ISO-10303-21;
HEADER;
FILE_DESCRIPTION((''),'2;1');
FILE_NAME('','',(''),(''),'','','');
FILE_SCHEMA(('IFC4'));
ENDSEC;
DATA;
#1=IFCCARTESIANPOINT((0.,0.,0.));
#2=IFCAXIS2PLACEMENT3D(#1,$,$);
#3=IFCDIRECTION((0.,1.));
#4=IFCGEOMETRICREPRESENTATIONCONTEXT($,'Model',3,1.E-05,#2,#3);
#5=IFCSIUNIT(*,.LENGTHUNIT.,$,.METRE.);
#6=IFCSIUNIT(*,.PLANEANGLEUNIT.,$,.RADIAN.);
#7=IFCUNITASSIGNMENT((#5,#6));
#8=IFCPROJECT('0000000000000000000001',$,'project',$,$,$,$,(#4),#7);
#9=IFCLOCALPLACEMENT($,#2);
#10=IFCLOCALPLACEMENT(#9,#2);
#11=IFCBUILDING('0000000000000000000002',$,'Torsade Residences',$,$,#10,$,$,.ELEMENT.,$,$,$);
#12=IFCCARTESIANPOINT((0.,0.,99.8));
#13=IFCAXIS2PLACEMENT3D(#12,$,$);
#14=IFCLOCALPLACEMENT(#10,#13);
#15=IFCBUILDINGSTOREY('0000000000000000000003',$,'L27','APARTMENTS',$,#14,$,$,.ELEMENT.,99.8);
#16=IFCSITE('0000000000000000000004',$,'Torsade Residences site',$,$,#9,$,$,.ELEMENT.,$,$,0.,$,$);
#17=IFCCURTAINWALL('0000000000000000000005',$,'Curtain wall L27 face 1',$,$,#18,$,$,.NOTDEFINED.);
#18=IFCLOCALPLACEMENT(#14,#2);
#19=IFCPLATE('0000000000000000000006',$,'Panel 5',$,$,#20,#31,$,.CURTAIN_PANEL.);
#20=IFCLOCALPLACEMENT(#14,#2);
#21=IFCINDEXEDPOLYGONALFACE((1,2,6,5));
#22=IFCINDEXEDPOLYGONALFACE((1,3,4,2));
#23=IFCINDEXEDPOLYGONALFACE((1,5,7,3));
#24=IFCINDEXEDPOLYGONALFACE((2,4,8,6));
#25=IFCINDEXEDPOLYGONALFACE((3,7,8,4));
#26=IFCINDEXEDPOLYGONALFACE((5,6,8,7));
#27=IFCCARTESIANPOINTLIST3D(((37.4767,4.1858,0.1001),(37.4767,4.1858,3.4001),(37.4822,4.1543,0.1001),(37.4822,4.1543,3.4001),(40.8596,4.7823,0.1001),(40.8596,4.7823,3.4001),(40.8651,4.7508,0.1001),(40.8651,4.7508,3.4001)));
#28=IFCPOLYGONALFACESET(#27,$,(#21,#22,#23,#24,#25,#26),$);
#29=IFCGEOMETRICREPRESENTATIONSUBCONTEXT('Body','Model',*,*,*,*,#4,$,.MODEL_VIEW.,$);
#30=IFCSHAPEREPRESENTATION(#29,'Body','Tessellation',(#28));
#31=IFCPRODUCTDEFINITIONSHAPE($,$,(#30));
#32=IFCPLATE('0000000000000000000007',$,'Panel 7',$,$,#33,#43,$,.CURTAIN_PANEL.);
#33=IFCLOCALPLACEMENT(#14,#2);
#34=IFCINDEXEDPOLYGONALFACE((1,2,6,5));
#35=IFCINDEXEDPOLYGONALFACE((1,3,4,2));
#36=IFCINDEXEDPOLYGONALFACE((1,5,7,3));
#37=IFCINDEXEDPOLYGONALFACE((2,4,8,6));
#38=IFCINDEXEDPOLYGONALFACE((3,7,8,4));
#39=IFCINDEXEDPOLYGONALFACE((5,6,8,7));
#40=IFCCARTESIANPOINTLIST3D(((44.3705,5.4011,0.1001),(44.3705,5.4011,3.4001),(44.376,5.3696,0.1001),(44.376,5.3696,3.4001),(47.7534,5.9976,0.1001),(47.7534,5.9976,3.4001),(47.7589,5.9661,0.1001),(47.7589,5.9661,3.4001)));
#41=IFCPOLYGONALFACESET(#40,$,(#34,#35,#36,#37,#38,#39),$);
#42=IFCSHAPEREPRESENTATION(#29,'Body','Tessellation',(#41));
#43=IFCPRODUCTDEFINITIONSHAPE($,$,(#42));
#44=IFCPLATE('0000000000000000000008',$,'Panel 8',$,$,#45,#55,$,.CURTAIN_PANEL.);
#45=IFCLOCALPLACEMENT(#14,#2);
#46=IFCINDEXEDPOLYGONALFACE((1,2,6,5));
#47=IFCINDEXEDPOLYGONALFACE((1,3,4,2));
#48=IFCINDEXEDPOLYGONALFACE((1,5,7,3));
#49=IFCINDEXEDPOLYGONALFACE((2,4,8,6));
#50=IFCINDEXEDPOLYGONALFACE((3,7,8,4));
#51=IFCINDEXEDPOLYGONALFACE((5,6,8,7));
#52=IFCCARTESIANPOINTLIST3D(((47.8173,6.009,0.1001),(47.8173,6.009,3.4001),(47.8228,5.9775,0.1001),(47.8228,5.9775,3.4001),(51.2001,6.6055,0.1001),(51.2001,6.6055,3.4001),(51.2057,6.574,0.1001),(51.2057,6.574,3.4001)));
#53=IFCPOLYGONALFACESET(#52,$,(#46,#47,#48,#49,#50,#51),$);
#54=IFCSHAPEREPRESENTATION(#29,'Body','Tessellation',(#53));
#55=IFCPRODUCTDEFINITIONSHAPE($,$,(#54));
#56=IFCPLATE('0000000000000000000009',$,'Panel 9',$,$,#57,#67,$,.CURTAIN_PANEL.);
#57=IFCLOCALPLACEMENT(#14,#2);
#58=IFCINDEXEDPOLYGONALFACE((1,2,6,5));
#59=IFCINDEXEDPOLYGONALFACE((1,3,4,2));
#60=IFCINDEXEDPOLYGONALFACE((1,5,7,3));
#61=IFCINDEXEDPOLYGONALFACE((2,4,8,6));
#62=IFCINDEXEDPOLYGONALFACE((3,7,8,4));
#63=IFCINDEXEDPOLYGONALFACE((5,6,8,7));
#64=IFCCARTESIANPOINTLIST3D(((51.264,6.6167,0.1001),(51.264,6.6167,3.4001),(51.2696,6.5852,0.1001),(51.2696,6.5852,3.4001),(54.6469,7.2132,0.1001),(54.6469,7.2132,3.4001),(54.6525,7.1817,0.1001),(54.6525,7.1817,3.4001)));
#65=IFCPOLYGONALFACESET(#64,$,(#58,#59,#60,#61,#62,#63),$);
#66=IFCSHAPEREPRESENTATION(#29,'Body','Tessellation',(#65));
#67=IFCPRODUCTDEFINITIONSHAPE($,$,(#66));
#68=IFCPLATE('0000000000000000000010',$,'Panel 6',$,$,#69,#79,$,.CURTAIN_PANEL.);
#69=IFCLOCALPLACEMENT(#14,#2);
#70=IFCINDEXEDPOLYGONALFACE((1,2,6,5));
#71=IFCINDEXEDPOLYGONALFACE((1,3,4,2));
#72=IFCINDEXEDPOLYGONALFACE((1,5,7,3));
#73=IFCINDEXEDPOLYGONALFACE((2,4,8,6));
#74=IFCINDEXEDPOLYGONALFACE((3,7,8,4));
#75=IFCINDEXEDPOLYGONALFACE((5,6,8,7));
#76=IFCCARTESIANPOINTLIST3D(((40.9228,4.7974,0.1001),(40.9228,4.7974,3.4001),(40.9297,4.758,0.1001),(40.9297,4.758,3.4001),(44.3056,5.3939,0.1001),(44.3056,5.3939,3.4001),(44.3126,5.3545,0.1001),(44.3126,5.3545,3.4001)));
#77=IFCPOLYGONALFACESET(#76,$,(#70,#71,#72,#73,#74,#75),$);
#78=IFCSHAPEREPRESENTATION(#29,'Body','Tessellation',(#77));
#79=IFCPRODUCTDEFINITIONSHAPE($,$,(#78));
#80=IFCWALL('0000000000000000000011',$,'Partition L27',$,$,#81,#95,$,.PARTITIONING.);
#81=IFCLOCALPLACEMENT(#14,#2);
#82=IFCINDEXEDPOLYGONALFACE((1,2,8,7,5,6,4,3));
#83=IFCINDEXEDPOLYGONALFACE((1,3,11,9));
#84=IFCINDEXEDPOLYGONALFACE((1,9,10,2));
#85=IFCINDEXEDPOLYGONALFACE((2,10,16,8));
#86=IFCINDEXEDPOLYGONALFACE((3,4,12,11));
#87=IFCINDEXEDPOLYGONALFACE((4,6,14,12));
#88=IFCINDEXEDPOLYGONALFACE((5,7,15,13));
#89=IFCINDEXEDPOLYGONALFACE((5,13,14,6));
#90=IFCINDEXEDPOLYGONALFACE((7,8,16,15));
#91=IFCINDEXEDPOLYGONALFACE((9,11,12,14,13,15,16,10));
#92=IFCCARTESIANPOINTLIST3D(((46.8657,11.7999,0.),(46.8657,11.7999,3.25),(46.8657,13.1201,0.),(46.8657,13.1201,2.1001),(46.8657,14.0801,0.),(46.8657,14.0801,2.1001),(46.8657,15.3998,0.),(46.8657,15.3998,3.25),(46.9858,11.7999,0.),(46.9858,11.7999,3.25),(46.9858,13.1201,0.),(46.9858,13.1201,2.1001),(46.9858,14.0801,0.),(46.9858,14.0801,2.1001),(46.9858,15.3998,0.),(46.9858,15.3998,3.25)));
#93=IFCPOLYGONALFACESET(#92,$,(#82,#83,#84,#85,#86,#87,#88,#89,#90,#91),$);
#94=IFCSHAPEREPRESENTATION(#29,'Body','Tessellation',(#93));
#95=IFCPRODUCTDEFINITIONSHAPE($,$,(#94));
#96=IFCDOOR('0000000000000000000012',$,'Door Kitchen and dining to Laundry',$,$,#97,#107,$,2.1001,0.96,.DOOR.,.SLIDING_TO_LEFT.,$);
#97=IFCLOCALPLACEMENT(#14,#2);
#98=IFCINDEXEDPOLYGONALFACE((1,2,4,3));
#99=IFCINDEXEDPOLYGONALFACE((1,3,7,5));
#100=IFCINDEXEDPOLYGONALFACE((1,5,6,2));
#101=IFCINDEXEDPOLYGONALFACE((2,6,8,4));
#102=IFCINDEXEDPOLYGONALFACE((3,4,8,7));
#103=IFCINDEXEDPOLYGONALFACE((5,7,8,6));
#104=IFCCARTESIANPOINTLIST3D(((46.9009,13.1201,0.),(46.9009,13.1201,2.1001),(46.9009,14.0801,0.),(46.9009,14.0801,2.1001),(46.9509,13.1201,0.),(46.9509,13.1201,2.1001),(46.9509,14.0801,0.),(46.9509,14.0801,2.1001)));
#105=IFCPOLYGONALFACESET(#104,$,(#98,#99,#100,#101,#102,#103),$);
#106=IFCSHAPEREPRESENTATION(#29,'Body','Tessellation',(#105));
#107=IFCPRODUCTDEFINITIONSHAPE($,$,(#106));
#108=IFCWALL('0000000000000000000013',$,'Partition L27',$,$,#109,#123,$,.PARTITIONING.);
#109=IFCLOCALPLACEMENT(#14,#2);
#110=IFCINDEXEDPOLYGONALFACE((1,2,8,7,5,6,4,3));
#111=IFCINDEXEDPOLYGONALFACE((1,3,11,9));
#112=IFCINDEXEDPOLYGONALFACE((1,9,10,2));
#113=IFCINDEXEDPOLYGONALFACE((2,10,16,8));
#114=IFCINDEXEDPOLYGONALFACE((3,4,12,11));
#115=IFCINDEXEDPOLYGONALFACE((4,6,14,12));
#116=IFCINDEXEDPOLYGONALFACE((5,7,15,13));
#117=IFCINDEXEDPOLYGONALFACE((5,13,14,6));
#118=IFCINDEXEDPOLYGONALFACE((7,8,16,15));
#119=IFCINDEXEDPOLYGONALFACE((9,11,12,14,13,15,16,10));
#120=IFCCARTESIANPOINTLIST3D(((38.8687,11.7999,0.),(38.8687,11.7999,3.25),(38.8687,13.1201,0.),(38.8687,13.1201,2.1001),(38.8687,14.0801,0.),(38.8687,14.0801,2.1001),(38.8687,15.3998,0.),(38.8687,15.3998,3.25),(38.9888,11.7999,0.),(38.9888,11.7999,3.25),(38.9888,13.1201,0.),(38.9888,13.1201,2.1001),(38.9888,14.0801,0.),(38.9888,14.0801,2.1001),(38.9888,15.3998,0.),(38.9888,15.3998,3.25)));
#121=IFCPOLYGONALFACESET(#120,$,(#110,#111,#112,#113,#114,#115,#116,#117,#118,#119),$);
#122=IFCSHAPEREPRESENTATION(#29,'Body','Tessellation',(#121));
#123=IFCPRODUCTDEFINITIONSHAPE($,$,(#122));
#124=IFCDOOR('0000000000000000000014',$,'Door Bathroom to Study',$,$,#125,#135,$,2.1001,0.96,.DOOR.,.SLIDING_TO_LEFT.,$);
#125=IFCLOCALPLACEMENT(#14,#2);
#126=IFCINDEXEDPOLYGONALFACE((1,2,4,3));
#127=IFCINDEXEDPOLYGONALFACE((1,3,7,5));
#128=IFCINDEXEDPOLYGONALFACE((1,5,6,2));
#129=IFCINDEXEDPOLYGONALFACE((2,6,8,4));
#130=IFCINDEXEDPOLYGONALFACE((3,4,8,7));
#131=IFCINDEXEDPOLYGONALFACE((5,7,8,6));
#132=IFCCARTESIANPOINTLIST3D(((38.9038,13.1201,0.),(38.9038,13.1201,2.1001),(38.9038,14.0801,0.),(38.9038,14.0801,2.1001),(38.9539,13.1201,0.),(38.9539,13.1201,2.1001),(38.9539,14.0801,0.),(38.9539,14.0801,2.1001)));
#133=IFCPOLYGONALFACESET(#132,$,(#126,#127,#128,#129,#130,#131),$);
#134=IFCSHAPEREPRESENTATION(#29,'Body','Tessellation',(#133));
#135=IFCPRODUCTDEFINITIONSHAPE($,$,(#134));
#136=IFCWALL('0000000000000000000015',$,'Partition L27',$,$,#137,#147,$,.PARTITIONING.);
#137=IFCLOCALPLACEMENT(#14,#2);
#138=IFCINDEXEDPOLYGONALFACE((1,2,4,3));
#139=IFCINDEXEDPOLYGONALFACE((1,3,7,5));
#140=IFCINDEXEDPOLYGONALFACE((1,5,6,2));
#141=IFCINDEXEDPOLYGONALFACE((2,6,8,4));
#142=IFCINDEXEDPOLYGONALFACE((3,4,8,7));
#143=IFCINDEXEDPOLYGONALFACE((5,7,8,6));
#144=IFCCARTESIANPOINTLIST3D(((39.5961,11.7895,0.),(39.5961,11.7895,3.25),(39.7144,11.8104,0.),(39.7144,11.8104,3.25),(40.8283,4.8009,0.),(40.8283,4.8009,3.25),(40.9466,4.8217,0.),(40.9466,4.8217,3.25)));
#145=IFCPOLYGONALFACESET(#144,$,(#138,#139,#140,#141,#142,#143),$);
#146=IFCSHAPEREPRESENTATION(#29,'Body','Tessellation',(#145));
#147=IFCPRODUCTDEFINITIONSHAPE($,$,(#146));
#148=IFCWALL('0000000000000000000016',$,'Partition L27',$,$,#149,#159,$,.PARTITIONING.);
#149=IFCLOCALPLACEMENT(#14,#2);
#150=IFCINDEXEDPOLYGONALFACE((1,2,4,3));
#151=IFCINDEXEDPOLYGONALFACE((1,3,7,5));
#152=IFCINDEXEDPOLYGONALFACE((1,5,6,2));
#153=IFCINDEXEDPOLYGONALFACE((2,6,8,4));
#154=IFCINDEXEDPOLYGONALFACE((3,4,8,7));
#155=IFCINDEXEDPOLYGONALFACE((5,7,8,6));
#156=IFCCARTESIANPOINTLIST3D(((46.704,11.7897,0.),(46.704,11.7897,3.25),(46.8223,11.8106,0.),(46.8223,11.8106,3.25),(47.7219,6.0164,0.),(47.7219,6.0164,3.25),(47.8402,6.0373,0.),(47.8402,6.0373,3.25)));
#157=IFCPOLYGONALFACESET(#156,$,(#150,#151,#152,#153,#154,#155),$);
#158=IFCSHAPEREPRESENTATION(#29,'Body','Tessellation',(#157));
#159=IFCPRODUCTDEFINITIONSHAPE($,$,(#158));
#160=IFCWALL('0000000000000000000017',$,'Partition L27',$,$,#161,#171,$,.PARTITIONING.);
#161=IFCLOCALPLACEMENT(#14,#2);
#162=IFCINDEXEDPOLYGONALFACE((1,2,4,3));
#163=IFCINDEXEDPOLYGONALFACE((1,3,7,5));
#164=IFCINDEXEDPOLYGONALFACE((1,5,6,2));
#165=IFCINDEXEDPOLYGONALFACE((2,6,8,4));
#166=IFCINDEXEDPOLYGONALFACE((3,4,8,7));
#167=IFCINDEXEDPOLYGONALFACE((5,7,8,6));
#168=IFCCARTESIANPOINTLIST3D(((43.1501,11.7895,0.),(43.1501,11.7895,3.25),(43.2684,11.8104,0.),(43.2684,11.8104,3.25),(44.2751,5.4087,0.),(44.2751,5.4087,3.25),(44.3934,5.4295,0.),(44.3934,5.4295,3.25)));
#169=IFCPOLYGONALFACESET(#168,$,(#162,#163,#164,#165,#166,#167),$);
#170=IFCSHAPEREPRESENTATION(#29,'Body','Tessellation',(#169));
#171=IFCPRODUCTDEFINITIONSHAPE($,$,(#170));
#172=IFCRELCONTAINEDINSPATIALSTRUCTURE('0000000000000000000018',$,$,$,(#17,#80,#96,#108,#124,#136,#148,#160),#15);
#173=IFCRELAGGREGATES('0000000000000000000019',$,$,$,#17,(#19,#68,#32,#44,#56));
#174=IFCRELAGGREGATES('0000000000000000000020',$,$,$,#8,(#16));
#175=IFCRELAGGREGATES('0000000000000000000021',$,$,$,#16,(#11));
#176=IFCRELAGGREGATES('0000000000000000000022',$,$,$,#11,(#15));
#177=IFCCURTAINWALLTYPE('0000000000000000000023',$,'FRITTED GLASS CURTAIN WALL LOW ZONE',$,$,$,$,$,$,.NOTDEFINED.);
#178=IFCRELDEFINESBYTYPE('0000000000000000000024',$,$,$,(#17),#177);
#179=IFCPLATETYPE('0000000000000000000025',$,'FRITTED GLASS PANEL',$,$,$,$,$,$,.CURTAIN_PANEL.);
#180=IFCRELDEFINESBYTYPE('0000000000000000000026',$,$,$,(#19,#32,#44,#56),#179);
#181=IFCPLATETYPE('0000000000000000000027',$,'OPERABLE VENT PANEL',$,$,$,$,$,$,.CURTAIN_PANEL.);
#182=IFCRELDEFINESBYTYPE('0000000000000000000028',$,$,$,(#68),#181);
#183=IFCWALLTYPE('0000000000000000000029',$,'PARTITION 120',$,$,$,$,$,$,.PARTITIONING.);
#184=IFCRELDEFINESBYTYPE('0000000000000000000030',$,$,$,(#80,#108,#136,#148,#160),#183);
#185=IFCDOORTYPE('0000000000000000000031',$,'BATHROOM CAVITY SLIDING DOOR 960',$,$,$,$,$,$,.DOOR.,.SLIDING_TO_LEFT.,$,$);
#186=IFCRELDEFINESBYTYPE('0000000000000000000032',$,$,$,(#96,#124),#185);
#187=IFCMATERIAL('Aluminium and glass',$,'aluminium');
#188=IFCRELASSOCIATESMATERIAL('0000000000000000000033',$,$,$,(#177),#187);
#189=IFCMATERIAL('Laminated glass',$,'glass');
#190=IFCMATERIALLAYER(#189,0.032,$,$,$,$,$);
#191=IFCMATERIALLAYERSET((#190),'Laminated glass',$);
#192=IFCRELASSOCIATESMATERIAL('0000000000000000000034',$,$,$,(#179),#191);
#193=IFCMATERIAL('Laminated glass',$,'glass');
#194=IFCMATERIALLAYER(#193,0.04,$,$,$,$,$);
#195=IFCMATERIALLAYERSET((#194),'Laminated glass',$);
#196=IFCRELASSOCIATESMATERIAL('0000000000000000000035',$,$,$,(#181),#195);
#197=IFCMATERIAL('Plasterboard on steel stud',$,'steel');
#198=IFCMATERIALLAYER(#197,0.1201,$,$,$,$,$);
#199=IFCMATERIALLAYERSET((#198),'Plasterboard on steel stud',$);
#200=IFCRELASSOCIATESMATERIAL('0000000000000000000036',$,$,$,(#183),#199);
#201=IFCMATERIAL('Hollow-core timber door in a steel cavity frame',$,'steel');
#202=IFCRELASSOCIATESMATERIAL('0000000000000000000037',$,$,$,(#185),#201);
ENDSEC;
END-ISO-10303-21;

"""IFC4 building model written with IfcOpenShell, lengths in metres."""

from ifc_helpers import new_model, si_unit, direction, frame, frame_2d, origin, origin_2d, place, context, subcontext, project, spatial, rectangle, extrude, material, layer, layer_set, type_object, element, fill, aggregate, save


model = new_model("IFC4")

# Units and contexts
model_context = context("Model", 3, precision=1e-05, world=origin(), true_north=direction((0.0, 1.0)))
body_context = subcontext(model_context, "Body", "Model", "MODEL_VIEW")
ifc_project = project(units=[si_unit("LENGTHUNIT", "METRE"), si_unit("PLANEANGLEUNIT", "RADIAN")], contexts=[model_context])

# Site, building, storey
site_placement = place(None, origin())
site = spatial("IfcSite", under=ifc_project, at=site_placement, Name="Torsade Residences site", CompositionType="ELEMENT", RefElevation=0.0)
building_placement = place(site_placement, origin())
building = spatial("IfcBuilding", under=site, at=building_placement, Name="Torsade Residences", CompositionType="ELEMENT")
storey_placement = place(building_placement, frame((0.0, 0.0, 99.8)))
storey = spatial("IfcBuildingStorey", under=building, at=storey_placement, Name="L27", Description="APARTMENTS", CompositionType="ELEMENT", Elevation=99.8)

# Curtain wall
ifc_material_1 = material(Name="Aluminium and glass", Category="aluminium")
curtain_wall_type = type_object("IfcCurtainWallType", Name="FRITTED GLASS CURTAIN WALL LOW ZONE", PredefinedType="NOTDEFINED", material=ifc_material_1)
curtain_wall_placement = place(storey_placement, origin())
curtain_wall = element("IfcCurtainWall", 1, at=curtain_wall_placement, inside=storey, type_object=curtain_wall_type, Name="Curtain wall L27 face 1", PredefinedType="NOTDEFINED")

# Plates
ifc_material_2 = material(Name="Laminated glass", Category="glass")
ifc_layer_1 = layer(ifc_material_2, 0.032)
ifc_layer_set_1 = layer_set([ifc_layer_1], Name="Laminated glass")
plate_type_1 = type_object("IfcPlateType", Name="FRITTED GLASS PANEL", PredefinedType="CURTAIN_PANEL", material=ifc_layer_set_1)
plate_1_placement = place(storey_placement, frame((39.1709, 4.4683, 0.1001), z_axis=(0.0, 0.0, 1.0), x_axis=(0.984808, 0.173648, 0.0)))
plate_1 = element("IfcPlate", 2, at=plate_1_placement, type_object=plate_type_1, Name="Panel 5", PredefinedType="CURTAIN_PANEL", context=body_context, shape_type="SweptSolid", body=[
    extrude(rectangle(XDim=3.4351, YDim=0.032, at=origin_2d()), origin(), (0.0, 0.0, 1.0), 3.3),
])
plate_2_placement = place(storey_placement, frame((46.0647, 5.6836, 0.1001), z_axis=(0.0, 0.0, 1.0), x_axis=(0.984808, 0.173648, 0.0)))
plate_2 = element("IfcPlate", 3, at=plate_2_placement, type_object=plate_type_1, Name="Panel 7", PredefinedType="CURTAIN_PANEL", context=body_context, shape_type="SweptSolid", body=[
    extrude(rectangle(XDim=3.4351, YDim=0.032, at=origin_2d()), origin(), (0.0, 0.0, 1.0), 3.3),
])
plate_3_placement = place(storey_placement, frame((49.5115, 6.2915, 0.1001), z_axis=(0.0, 0.0, 1.0), x_axis=(0.984808, 0.173648, 0.0)))
plate_3 = element("IfcPlate", 4, at=plate_3_placement, type_object=plate_type_1, Name="Panel 8", PredefinedType="CURTAIN_PANEL", context=body_context, shape_type="SweptSolid", body=[
    extrude(rectangle(XDim=3.4351, YDim=0.032, at=origin_2d()), origin(), (0.0, 0.0, 1.0), 3.3),
])
plate_4_placement = place(storey_placement, frame((52.9583, 6.8992, 0.1001), z_axis=(0.0, 0.0, 1.0), x_axis=(0.984808, 0.173648, 0.0)))
plate_4 = element("IfcPlate", 5, at=plate_4_placement, type_object=plate_type_1, Name="Panel 9", PredefinedType="CURTAIN_PANEL", context=body_context, shape_type="SweptSolid", body=[
    extrude(rectangle(XDim=3.4351, YDim=0.032, at=origin_2d()), origin(), (0.0, 0.0, 1.0), 3.3),
])
ifc_material_3 = material(Name="Laminated glass", Category="glass")
ifc_layer_2 = layer(ifc_material_3, 0.04)
ifc_layer_set_2 = layer_set([ifc_layer_2], Name="Laminated glass")
plate_type_2 = type_object("IfcPlateType", Name="OPERABLE VENT PANEL", PredefinedType="CURTAIN_PANEL", material=ifc_layer_set_2)
plate_5_placement = place(storey_placement, frame((42.6177, 5.0759, 0.1001), z_axis=(0.0, 0.0, 1.0), x_axis=(0.984808, 0.173648, 0.0)))
plate_5 = element("IfcPlate", 6, at=plate_5_placement, type_object=plate_type_2, Name="Panel 6", PredefinedType="CURTAIN_PANEL", context=body_context, shape_type="SweptSolid", body=[
    extrude(rectangle(XDim=3.4351, YDim=0.04, at=origin_2d()), origin(), (0.0, 0.0, 1.0), 3.3),
])
aggregate(curtain_wall, [plate_1, plate_5, plate_2, plate_3, plate_4])

# Walls, openings, doors
ifc_material_4 = material(Name="Plasterboard on steel stud", Category="steel")
ifc_layer_3 = layer(ifc_material_4, 0.1201)
ifc_layer_set_3 = layer_set([ifc_layer_3], Name="Plasterboard on steel stud")
wall_type = type_object("IfcWallType", Name="PARTITION 120", PredefinedType="PARTITIONING", material=ifc_layer_set_3)
wall_1_placement = place(storey_placement, frame((46.9258, 11.8, 0.0), z_axis=(0.0, 0.0, 1.0), x_axis=(0.0, 1.0, 0.0)))
wall_1 = element("IfcWall", 7, at=wall_1_placement, inside=storey, type_object=wall_type, Name="Partition L27", PredefinedType="PARTITIONING", context=body_context, shape_type="SweptSolid", body=[
    extrude(rectangle(XDim=3.5999, YDim=0.1201, at=frame_2d((1.7998, 0.0))), origin(), (0.0, 0.0, 1.0), 3.25),
])
opening_1_placement = place(wall_1_placement, frame((1.3201, 0.0, 0.0)))
opening_1 = element("IfcOpeningElement", 8, at=opening_1_placement, cuts=wall_1, PredefinedType="OPENING", context=body_context, shape_type="SweptSolid", body=[
    extrude(rectangle(XDim=0.96, YDim=2.1001, at=frame_2d((0.48, 1.05))), frame((0.0, 0.0701, 0.0), z_axis=(0.0, -1.0, 0.0), x_axis=(1.0, 0.0, 0.0)), (0.0, 0.0, 1.0), 0.1401),
])
ifc_material_5 = material(Name="Hollow-core timber door in a steel cavity frame", Category="steel")
door_type = type_object("IfcDoorType", Name="BATHROOM CAVITY SLIDING DOOR 960", OperationType="SLIDING_TO_LEFT", PredefinedType="DOOR", material=ifc_material_5)
door_1_placement = place(opening_1_placement, origin())
door_1 = element("IfcDoor", 9, at=door_1_placement, inside=storey, type_object=door_type, Name="Door Kitchen and dining to Laundry", OperationType="SLIDING_TO_LEFT", OverallHeight=2.1001, OverallWidth=0.96, PredefinedType="DOOR", context=body_context, shape_type="SweptSolid", body=[
    extrude(rectangle(XDim=0.96, YDim=2.1001, at=frame_2d((0.48, 1.05))), frame((0.0, 0.0249, 0.0), z_axis=(0.0, -1.0, 0.0), x_axis=(1.0, 0.0, 0.0)), (0.0, 0.0, 1.0), 0.05),
])
fill(opening_1, door_1)
wall_2_placement = place(storey_placement, frame((38.9287, 11.8, 0.0), z_axis=(0.0, 0.0, 1.0), x_axis=(0.0, 1.0, 0.0)))
wall_2 = element("IfcWall", 10, at=wall_2_placement, inside=storey, type_object=wall_type, Name="Partition L27", PredefinedType="PARTITIONING", context=body_context, shape_type="SweptSolid", body=[
    extrude(rectangle(XDim=3.5999, YDim=0.1201, at=frame_2d((1.7998, 0.0))), origin(), (0.0, 0.0, 1.0), 3.25),
])
opening_2_placement = place(wall_2_placement, frame((1.3201, 0.0, 0.0)))
opening_2 = element("IfcOpeningElement", 11, at=opening_2_placement, cuts=wall_2, PredefinedType="OPENING", context=body_context, shape_type="SweptSolid", body=[
    extrude(rectangle(XDim=0.96, YDim=2.1001, at=frame_2d((0.48, 1.05))), frame((0.0, 0.0701, 0.0), z_axis=(0.0, -1.0, 0.0), x_axis=(1.0, 0.0, 0.0)), (0.0, 0.0, 1.0), 0.1401),
])
door_2_placement = place(opening_2_placement, origin())
door_2 = element("IfcDoor", 12, at=door_2_placement, inside=storey, type_object=door_type, Name="Door Bathroom to Study", OperationType="SLIDING_TO_LEFT", OverallHeight=2.1001, OverallWidth=0.96, PredefinedType="DOOR", context=body_context, shape_type="SweptSolid", body=[
    extrude(rectangle(XDim=0.96, YDim=2.1001, at=frame_2d((0.48, 1.05))), frame((0.0, 0.0249, 0.0), z_axis=(0.0, -1.0, 0.0), x_axis=(1.0, 0.0, 0.0)), (0.0, 0.0, 1.0), 0.05),
])
fill(opening_2, door_2)

# Walls
wall_3_placement = place(storey_placement, frame((39.6553, 11.8, 0.0), z_axis=(0.0, 0.0, 1.0), x_axis=(0.173636, -0.98481, 0.0)))
element("IfcWall", 13, at=wall_3_placement, inside=storey, type_object=wall_type, Name="Partition L27", PredefinedType="PARTITIONING", context=body_context, shape_type="SweptSolid", body=[
    extrude(rectangle(XDim=7.0964, YDim=0.1201, at=frame_2d((3.5483, 0.0))), origin(), (0.0, 0.0, 1.0), 3.25),
])
wall_4_placement = place(storey_placement, frame((47.781, 6.0269, 0.0), z_axis=(0.0, 0.0, 1.0), x_axis=(-0.173624, 0.984812, 0.0)))
element("IfcWall", 14, at=wall_4_placement, inside=storey, type_object=wall_type, Name="Partition L27", PredefinedType="PARTITIONING", context=body_context, shape_type="SweptSolid", body=[
    extrude(rectangle(XDim=5.8623, YDim=0.1201, at=frame_2d((2.9312, 0.0))), origin(), (0.0, 0.0, 1.0), 3.25),
])
wall_5_placement = place(storey_placement, frame((43.2092, 11.8, 0.0), z_axis=(0.0, 0.0, 1.0), x_axis=(0.173631, -0.984811, 0.0)))
element("IfcWall", 15, at=wall_5_placement, inside=storey, type_object=wall_type, Name="Partition L27", PredefinedType="PARTITIONING", context=body_context, shape_type="SweptSolid", body=[
    extrude(rectangle(XDim=6.4792, YDim=0.1201, at=frame_2d((3.2397, 0.0))), origin(), (0.0, 0.0, 1.0), 3.25),
])

save(model, "model.ifc")
